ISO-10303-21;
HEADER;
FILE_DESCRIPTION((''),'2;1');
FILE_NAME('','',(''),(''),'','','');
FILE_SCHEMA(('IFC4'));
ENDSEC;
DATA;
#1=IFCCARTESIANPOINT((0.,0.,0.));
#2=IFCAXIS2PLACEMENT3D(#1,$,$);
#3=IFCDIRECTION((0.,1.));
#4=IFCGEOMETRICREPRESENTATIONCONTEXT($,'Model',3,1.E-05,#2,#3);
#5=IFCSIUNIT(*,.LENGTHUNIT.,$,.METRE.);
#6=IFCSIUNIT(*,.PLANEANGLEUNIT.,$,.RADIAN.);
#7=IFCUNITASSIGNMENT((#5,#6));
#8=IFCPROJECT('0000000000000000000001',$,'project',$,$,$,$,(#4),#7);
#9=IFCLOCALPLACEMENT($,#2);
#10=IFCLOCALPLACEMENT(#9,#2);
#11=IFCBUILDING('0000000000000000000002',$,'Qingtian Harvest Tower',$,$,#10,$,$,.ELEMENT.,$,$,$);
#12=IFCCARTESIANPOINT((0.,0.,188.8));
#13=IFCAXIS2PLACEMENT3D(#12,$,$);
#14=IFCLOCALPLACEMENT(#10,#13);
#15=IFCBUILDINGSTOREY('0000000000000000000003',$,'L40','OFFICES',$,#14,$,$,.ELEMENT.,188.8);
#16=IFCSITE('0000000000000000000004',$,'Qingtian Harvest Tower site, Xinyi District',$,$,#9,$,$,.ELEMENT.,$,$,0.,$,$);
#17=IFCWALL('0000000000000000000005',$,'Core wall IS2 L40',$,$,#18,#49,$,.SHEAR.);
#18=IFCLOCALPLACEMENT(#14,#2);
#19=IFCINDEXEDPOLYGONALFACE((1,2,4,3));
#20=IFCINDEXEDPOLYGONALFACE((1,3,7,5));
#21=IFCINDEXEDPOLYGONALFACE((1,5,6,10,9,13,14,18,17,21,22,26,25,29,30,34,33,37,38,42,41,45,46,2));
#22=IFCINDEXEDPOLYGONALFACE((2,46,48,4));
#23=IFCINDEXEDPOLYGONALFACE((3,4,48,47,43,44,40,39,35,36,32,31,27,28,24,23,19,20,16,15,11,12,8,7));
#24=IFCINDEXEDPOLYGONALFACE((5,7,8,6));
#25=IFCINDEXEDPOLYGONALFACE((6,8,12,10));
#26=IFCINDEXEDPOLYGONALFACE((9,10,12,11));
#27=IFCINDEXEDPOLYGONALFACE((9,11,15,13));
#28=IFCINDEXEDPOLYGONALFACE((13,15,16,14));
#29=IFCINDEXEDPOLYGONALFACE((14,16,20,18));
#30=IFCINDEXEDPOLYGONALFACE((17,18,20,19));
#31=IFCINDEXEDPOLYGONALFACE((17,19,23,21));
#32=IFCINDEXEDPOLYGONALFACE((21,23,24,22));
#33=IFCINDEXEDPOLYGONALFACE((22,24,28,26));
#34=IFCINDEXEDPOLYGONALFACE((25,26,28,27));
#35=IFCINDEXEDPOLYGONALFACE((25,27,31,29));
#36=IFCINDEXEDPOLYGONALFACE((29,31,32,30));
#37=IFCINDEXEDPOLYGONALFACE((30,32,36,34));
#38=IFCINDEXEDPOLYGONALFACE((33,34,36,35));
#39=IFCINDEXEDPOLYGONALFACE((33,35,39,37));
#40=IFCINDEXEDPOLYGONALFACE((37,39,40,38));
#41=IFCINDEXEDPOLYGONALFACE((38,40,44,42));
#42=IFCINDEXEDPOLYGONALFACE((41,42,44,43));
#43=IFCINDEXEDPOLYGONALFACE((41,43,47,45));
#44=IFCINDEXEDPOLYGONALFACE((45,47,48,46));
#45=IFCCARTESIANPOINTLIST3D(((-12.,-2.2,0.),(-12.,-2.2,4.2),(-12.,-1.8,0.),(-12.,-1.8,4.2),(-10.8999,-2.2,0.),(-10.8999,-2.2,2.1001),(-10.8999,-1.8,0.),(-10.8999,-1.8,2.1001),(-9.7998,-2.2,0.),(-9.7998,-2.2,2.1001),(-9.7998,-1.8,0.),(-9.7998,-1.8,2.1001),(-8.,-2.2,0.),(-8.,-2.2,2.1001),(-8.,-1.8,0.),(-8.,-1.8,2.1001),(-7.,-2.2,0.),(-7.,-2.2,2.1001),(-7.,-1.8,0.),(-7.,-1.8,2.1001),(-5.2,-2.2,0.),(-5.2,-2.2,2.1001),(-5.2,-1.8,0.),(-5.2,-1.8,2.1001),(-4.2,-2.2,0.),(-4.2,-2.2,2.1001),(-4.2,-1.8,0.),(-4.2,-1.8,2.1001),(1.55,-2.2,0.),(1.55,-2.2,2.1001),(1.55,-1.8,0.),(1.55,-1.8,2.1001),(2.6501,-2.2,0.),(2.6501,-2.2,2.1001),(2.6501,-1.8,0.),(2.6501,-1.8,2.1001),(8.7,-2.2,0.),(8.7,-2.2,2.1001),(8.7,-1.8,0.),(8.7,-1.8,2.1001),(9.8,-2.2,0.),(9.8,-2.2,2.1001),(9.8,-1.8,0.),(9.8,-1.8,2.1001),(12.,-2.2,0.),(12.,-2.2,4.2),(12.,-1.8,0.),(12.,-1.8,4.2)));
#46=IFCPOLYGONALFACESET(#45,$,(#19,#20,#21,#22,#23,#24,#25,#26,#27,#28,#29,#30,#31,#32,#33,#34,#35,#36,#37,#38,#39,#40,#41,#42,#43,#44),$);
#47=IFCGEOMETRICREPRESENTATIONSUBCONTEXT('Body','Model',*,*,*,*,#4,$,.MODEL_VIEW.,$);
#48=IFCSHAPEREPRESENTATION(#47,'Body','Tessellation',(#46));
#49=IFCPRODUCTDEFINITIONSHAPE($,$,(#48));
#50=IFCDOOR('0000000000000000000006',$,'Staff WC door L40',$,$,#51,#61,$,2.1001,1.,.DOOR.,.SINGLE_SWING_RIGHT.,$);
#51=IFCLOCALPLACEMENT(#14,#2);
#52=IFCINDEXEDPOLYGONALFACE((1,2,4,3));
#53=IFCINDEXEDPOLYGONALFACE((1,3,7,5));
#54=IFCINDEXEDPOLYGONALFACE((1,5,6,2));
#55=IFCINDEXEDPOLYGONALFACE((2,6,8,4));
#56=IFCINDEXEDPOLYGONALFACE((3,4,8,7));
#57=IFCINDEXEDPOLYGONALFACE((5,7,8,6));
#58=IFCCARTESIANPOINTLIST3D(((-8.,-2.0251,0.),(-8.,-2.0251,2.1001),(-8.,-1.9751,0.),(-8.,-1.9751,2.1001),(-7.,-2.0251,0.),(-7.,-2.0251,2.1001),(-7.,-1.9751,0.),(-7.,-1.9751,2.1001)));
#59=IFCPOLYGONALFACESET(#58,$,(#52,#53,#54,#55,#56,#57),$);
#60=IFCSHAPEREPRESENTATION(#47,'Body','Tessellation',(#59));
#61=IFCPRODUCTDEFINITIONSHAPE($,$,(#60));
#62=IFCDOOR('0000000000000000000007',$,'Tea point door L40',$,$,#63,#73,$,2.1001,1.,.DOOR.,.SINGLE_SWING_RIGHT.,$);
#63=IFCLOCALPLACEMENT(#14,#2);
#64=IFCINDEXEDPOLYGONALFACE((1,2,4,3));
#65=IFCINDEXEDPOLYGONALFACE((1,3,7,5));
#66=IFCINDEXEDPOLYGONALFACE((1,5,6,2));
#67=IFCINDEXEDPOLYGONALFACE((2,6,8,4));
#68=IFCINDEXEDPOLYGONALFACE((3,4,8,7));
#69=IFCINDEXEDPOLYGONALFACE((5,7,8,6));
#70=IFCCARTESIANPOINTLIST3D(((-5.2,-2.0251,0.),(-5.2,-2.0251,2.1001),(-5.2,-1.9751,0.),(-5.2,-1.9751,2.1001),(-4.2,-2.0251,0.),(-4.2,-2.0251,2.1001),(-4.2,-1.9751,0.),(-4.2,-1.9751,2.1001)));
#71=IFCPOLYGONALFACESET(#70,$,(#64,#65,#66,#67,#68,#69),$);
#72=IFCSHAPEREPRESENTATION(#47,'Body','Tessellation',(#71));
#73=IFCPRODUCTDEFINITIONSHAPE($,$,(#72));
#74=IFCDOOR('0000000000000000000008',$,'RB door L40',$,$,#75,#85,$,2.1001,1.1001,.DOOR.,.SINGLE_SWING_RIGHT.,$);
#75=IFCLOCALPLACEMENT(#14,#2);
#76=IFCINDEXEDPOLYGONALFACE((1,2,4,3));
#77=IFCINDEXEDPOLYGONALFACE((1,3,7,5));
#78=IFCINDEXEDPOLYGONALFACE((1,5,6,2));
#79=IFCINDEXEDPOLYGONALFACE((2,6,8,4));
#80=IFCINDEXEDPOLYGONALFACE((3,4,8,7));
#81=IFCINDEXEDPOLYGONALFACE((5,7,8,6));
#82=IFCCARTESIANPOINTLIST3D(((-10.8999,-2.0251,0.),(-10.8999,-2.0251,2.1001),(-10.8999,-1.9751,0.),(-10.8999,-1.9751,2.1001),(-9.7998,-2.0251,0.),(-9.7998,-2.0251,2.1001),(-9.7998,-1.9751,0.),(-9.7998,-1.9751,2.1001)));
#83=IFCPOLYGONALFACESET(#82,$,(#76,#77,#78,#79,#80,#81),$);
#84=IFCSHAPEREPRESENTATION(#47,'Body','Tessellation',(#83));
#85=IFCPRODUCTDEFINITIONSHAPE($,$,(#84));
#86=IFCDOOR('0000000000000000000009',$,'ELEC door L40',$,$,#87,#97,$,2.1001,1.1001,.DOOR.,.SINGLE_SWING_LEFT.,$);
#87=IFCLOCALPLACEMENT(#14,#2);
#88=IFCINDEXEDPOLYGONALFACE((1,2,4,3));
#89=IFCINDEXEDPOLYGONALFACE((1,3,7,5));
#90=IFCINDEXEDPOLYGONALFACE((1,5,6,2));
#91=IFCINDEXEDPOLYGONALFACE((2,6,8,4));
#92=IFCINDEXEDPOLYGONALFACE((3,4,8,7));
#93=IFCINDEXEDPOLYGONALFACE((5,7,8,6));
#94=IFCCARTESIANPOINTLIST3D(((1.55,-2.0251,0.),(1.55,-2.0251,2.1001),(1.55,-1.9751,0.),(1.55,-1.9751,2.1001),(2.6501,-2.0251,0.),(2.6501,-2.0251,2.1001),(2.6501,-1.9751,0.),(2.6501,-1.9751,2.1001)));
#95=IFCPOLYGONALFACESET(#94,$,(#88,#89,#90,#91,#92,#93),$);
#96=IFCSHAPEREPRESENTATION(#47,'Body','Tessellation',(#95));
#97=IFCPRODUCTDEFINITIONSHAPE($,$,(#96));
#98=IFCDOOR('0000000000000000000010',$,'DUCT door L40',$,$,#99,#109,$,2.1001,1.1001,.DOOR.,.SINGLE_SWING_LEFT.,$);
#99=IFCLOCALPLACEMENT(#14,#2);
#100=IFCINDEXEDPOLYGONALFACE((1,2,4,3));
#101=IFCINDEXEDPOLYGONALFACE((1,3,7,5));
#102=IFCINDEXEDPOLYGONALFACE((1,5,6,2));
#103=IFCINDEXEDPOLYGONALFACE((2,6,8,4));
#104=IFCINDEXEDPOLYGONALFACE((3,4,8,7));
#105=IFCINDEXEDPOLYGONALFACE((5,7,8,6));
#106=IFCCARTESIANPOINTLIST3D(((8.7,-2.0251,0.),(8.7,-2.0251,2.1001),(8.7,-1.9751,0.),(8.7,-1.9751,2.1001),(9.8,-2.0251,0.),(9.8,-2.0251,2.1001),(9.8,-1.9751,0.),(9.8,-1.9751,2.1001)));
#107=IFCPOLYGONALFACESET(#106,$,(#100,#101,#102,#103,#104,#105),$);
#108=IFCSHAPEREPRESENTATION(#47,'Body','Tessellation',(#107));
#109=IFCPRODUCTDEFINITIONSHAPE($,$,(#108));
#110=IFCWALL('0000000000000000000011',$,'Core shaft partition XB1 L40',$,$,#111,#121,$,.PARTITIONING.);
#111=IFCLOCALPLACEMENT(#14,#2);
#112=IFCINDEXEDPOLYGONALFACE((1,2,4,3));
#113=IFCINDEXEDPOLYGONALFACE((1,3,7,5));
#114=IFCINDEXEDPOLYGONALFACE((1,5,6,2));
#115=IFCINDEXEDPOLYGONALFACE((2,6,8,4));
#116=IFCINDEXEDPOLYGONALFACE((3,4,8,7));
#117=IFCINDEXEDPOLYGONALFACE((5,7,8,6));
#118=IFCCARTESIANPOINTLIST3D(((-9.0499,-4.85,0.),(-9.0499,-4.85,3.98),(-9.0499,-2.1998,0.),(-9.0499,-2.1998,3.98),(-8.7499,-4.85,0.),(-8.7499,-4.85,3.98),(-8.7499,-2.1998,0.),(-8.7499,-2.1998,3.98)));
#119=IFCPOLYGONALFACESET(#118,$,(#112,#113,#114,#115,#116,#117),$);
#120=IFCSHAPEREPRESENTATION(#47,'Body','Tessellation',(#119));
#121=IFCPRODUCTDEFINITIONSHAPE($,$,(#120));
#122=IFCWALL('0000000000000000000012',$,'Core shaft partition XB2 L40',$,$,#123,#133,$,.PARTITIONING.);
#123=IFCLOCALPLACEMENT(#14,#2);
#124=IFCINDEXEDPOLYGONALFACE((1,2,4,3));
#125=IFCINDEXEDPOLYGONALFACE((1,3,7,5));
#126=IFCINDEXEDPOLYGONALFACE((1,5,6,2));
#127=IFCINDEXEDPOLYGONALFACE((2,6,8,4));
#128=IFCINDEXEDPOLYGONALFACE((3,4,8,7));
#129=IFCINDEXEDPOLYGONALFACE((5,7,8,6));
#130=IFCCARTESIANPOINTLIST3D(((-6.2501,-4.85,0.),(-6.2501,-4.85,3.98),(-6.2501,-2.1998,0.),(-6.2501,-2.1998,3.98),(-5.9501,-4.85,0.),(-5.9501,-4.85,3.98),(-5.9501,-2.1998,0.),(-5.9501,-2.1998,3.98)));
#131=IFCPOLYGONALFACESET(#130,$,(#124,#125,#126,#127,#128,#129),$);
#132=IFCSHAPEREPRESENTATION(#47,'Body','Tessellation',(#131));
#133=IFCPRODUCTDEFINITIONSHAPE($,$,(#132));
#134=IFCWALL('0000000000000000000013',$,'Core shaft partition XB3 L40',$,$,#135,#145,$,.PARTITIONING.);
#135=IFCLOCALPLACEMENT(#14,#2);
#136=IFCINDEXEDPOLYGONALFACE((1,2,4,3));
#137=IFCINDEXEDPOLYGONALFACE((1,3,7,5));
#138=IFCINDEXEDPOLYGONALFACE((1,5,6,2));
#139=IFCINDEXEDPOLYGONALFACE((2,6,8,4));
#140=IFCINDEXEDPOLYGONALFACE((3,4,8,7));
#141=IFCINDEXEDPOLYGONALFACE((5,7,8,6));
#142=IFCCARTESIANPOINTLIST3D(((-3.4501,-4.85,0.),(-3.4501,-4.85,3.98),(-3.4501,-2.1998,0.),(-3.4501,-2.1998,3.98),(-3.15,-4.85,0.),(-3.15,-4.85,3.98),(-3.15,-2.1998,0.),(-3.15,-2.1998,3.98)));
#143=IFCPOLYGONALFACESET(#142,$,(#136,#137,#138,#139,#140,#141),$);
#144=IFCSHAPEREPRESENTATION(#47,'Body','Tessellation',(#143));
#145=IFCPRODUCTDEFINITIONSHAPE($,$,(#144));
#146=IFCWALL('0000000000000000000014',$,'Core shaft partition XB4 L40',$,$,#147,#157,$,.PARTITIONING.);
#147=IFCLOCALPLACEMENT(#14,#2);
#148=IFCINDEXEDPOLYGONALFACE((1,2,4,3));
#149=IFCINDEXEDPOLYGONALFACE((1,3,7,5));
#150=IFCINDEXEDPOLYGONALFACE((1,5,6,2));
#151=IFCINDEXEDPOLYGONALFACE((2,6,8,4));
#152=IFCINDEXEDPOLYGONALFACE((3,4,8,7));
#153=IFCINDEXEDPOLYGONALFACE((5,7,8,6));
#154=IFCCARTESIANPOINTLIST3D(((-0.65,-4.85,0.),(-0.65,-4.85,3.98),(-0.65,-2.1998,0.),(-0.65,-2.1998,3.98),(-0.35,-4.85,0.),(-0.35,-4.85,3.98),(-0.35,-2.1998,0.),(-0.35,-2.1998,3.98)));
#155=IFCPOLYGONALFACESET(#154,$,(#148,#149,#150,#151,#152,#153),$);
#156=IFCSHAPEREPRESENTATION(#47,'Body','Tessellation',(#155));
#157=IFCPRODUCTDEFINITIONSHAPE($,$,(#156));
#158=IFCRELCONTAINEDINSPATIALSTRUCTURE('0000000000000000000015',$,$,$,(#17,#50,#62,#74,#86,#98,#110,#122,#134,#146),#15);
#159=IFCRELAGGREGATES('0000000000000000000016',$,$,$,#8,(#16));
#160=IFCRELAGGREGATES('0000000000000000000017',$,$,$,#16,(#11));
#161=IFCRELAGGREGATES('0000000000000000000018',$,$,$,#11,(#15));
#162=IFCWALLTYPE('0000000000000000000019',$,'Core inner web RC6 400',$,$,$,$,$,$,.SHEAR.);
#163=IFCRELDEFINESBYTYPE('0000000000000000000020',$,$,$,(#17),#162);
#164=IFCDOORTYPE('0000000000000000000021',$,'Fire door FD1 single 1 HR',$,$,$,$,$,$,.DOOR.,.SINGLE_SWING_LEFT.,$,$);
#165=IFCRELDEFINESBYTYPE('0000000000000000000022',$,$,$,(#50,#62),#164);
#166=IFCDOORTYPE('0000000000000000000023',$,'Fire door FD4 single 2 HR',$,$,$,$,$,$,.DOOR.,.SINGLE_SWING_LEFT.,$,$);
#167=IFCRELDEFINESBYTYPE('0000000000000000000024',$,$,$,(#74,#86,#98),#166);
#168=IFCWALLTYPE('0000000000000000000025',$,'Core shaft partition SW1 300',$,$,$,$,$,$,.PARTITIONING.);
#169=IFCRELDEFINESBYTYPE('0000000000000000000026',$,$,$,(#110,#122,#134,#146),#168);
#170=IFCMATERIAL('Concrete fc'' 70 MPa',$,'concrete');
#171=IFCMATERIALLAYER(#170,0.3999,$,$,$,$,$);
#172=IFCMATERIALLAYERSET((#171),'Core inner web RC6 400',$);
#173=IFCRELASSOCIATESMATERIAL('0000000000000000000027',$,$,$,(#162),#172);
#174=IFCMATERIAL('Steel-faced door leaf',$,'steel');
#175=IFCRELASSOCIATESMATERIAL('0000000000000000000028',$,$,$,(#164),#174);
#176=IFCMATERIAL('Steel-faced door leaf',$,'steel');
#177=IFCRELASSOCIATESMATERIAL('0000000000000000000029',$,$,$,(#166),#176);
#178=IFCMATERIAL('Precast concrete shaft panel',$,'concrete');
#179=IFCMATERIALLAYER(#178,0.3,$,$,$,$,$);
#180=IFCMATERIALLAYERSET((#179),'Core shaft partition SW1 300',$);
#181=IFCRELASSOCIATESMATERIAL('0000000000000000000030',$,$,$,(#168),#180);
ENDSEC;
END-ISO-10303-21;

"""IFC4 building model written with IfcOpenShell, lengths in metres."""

from ifc_helpers import new_model, si_unit, direction, frame, frame_2d, origin, place, context, subcontext, project, spatial, rectangle, extrude, material, layer, layer_set, type_object, element, fill, save


model = new_model("IFC4")

# Units and contexts
model_context = context("Model", 3, precision=1e-05, world=origin(), true_north=direction((0.0, 1.0)))
body_context = subcontext(model_context, "Body", "Model", "MODEL_VIEW")
ifc_project = project(units=[si_unit("LENGTHUNIT", "METRE"), si_unit("PLANEANGLEUNIT", "RADIAN")], contexts=[model_context])

# Site, building, storey
site_placement = place(None, origin())
site = spatial("IfcSite", under=ifc_project, at=site_placement, Name="Qingtian Harvest Tower site, Xinyi District", CompositionType="ELEMENT", RefElevation=0.0)
building_placement = place(site_placement, origin())
building = spatial("IfcBuilding", under=site, at=building_placement, Name="Qingtian Harvest Tower", CompositionType="ELEMENT")
storey_placement = place(building_placement, frame((0.0, 0.0, 188.8)))
storey = spatial("IfcBuildingStorey", under=building, at=storey_placement, Name="L40", Description="OFFICES", CompositionType="ELEMENT", Elevation=188.8)

# Wall, openings, doors
ifc_material_1 = material(Name="Concrete fc' 70 MPa", Category="concrete")
ifc_layer_1 = layer(ifc_material_1, 0.3999)
ifc_layer_set_1 = layer_set([ifc_layer_1], Name="Core inner web RC6 400")
wall_type_1 = type_object("IfcWallType", Name="Core inner web RC6 400", PredefinedType="SHEAR", material=ifc_layer_set_1)
wall_1_placement = place(storey_placement, frame((-12.0, -2.0, 0.0), z_axis=(0.0, 0.0, 1.0), x_axis=(1.0, 0.0, 0.0)))
wall_1 = element("IfcWall", 1, at=wall_1_placement, inside=storey, type_object=wall_type_1, Name="Core wall IS2 L40", PredefinedType="SHEAR", context=body_context, shape_type="SweptSolid", body=[
    extrude(rectangle(XDim=24.0, YDim=0.3999, at=frame_2d((12.0, 0.0))), origin(), (0.0, 0.0, 1.0), 4.2),
])
opening_1_placement = place(wall_1_placement, frame((1.1001, 0.0, 0.0)))
opening_1 = element("IfcOpeningElement", 2, at=opening_1_placement, cuts=wall_1, PredefinedType="OPENING", context=body_context, shape_type="SweptSolid", body=[
    extrude(rectangle(XDim=1.1001, YDim=2.1001, at=frame_2d((0.55, 1.05))), frame((0.0, 0.21, 0.0), z_axis=(0.0, -1.0, 0.0), x_axis=(1.0, 0.0, 0.0)), (0.0, 0.0, 1.0), 0.4199),
])
opening_2_placement = place(wall_1_placement, frame((13.55, 0.0, 0.0)))
opening_2 = element("IfcOpeningElement", 3, at=opening_2_placement, cuts=wall_1, PredefinedType="OPENING", context=body_context, shape_type="SweptSolid", body=[
    extrude(rectangle(XDim=1.1001, YDim=2.1001, at=frame_2d((0.55, 1.05))), frame((0.0, 0.21, 0.0), z_axis=(0.0, -1.0, 0.0), x_axis=(1.0, 0.0, 0.0)), (0.0, 0.0, 1.0), 0.4199),
])
opening_3_placement = place(wall_1_placement, frame((20.7, 0.0, 0.0)))
opening_3 = element("IfcOpeningElement", 4, at=opening_3_placement, cuts=wall_1, PredefinedType="OPENING", context=body_context, shape_type="SweptSolid", body=[
    extrude(rectangle(XDim=1.1001, YDim=2.1001, at=frame_2d((0.55, 1.05))), frame((0.0, 0.21, 0.0), z_axis=(0.0, -1.0, 0.0), x_axis=(1.0, 0.0, 0.0)), (0.0, 0.0, 1.0), 0.4199),
])
opening_4_placement = place(wall_1_placement, frame((4.0, 0.0, 0.0)))
opening_4 = element("IfcOpeningElement", 5, at=opening_4_placement, cuts=wall_1, PredefinedType="OPENING", context=body_context, shape_type="SweptSolid", body=[
    extrude(rectangle(XDim=1.0, YDim=2.1001, at=frame_2d((0.5, 1.05))), frame((0.0, 0.21, 0.0), z_axis=(0.0, -1.0, 0.0), x_axis=(1.0, 0.0, 0.0)), (0.0, 0.0, 1.0), 0.4199),
])
opening_5_placement = place(wall_1_placement, frame((6.8, 0.0, 0.0)))
opening_5 = element("IfcOpeningElement", 6, at=opening_5_placement, cuts=wall_1, PredefinedType="OPENING", context=body_context, shape_type="SweptSolid", body=[
    extrude(rectangle(XDim=1.0, YDim=2.1001, at=frame_2d((0.5, 1.05))), frame((0.0, 0.21, 0.0), z_axis=(0.0, -1.0, 0.0), x_axis=(1.0, 0.0, 0.0)), (0.0, 0.0, 1.0), 0.4199),
])
ifc_material_2 = material(Name="Steel-faced door leaf", Category="steel")
door_type_1 = type_object("IfcDoorType", Name="Fire door FD1 single 1 HR", OperationType="SINGLE_SWING_LEFT", PredefinedType="DOOR", material=ifc_material_2)
door_1_placement = place(opening_4_placement, origin())
door_1 = element("IfcDoor", 7, at=door_1_placement, inside=storey, type_object=door_type_1, Name="Staff WC door L40", OperationType="SINGLE_SWING_RIGHT", OverallHeight=2.1001, OverallWidth=1.0, PredefinedType="DOOR", context=body_context, shape_type="SweptSolid", body=[
    extrude(rectangle(XDim=1.0, YDim=2.1001, at=frame_2d((0.5, 1.05))), frame((0.0, 0.0249, 0.0), z_axis=(0.0, -1.0, 0.0), x_axis=(1.0, 0.0, 0.0)), (0.0, 0.0, 1.0), 0.05),
])
fill(opening_4, door_1)
door_2_placement = place(opening_5_placement, origin())
door_2 = element("IfcDoor", 8, at=door_2_placement, inside=storey, type_object=door_type_1, Name="Tea point door L40", OperationType="SINGLE_SWING_RIGHT", OverallHeight=2.1001, OverallWidth=1.0, PredefinedType="DOOR", context=body_context, shape_type="SweptSolid", body=[
    extrude(rectangle(XDim=1.0, YDim=2.1001, at=frame_2d((0.5, 1.05))), frame((0.0, 0.0249, 0.0), z_axis=(0.0, -1.0, 0.0), x_axis=(1.0, 0.0, 0.0)), (0.0, 0.0, 1.0), 0.05),
])
fill(opening_5, door_2)
ifc_material_3 = material(Name="Steel-faced door leaf", Category="steel")
door_type_2 = type_object("IfcDoorType", Name="Fire door FD4 single 2 HR", OperationType="SINGLE_SWING_LEFT", PredefinedType="DOOR", material=ifc_material_3)
door_3_placement = place(opening_1_placement, origin())
door_3 = element("IfcDoor", 9, at=door_3_placement, inside=storey, type_object=door_type_2, Name="RB door L40", OperationType="SINGLE_SWING_RIGHT", OverallHeight=2.1001, OverallWidth=1.1001, PredefinedType="DOOR", context=body_context, shape_type="SweptSolid", body=[
    extrude(rectangle(XDim=1.1001, YDim=2.1001, at=frame_2d((0.55, 1.05))), frame((0.0, 0.0249, 0.0), z_axis=(0.0, -1.0, 0.0), x_axis=(1.0, 0.0, 0.0)), (0.0, 0.0, 1.0), 0.05),
])
fill(opening_1, door_3)
door_4_placement = place(opening_2_placement, origin())
door_4 = element("IfcDoor", 10, at=door_4_placement, inside=storey, type_object=door_type_2, Name="ELEC door L40", OperationType="SINGLE_SWING_LEFT", OverallHeight=2.1001, OverallWidth=1.1001, PredefinedType="DOOR", context=body_context, shape_type="SweptSolid", body=[
    extrude(rectangle(XDim=1.1001, YDim=2.1001, at=frame_2d((0.55, 1.05))), frame((0.0, 0.0249, 0.0), z_axis=(0.0, -1.0, 0.0), x_axis=(1.0, 0.0, 0.0)), (0.0, 0.0, 1.0), 0.05),
])
fill(opening_2, door_4)
door_5_placement = place(opening_3_placement, origin())
door_5 = element("IfcDoor", 11, at=door_5_placement, inside=storey, type_object=door_type_2, Name="DUCT door L40", OperationType="SINGLE_SWING_LEFT", OverallHeight=2.1001, OverallWidth=1.1001, PredefinedType="DOOR", context=body_context, shape_type="SweptSolid", body=[
    extrude(rectangle(XDim=1.1001, YDim=2.1001, at=frame_2d((0.55, 1.05))), frame((0.0, 0.0249, 0.0), z_axis=(0.0, -1.0, 0.0), x_axis=(1.0, 0.0, 0.0)), (0.0, 0.0, 1.0), 0.05),
])
fill(opening_3, door_5)

# Walls
ifc_material_4 = material(Name="Precast concrete shaft panel", Category="concrete")
ifc_layer_2 = layer(ifc_material_4, 0.3)
ifc_layer_set_2 = layer_set([ifc_layer_2], Name="Core shaft partition SW1 300")
wall_type_2 = type_object("IfcWallType", Name="Core shaft partition SW1 300", PredefinedType="PARTITIONING", material=ifc_layer_set_2)
for number, where, z_axis, x_axis, name in (
    (12, (-8.8999, -4.8501, 0.0), (0.0, 0.0, 1.0), (0.0, 1.0, 0.0), "Core shaft partition XB1 L40"),
    (13, (-6.1001, -4.8501, 0.0), (0.0, 0.0, 1.0), (0.0, 1.0, 0.0), "Core shaft partition XB2 L40"),
    (14, (-3.3, -4.8501, 0.0), (0.0, 0.0, 1.0), (0.0, 1.0, 0.0), "Core shaft partition XB3 L40"),
    (15, (-0.5, -4.8501, 0.0), (0.0, 0.0, 1.0), (0.0, 1.0, 0.0), "Core shaft partition XB4 L40"),
):
    element("IfcWall", number, at=place(storey_placement, frame(where, z_axis=z_axis, x_axis=x_axis)), inside=storey, type_object=wall_type_2, Name=name, PredefinedType="PARTITIONING", context=body_context, shape_type="SweptSolid", body=[
        extrude(rectangle(XDim=2.6501, YDim=0.3, at=frame_2d((1.3252, 0.0))), origin(), (0.0, 0.0, 1.0), 3.98),
    ])

save(model, "model.ifc")
